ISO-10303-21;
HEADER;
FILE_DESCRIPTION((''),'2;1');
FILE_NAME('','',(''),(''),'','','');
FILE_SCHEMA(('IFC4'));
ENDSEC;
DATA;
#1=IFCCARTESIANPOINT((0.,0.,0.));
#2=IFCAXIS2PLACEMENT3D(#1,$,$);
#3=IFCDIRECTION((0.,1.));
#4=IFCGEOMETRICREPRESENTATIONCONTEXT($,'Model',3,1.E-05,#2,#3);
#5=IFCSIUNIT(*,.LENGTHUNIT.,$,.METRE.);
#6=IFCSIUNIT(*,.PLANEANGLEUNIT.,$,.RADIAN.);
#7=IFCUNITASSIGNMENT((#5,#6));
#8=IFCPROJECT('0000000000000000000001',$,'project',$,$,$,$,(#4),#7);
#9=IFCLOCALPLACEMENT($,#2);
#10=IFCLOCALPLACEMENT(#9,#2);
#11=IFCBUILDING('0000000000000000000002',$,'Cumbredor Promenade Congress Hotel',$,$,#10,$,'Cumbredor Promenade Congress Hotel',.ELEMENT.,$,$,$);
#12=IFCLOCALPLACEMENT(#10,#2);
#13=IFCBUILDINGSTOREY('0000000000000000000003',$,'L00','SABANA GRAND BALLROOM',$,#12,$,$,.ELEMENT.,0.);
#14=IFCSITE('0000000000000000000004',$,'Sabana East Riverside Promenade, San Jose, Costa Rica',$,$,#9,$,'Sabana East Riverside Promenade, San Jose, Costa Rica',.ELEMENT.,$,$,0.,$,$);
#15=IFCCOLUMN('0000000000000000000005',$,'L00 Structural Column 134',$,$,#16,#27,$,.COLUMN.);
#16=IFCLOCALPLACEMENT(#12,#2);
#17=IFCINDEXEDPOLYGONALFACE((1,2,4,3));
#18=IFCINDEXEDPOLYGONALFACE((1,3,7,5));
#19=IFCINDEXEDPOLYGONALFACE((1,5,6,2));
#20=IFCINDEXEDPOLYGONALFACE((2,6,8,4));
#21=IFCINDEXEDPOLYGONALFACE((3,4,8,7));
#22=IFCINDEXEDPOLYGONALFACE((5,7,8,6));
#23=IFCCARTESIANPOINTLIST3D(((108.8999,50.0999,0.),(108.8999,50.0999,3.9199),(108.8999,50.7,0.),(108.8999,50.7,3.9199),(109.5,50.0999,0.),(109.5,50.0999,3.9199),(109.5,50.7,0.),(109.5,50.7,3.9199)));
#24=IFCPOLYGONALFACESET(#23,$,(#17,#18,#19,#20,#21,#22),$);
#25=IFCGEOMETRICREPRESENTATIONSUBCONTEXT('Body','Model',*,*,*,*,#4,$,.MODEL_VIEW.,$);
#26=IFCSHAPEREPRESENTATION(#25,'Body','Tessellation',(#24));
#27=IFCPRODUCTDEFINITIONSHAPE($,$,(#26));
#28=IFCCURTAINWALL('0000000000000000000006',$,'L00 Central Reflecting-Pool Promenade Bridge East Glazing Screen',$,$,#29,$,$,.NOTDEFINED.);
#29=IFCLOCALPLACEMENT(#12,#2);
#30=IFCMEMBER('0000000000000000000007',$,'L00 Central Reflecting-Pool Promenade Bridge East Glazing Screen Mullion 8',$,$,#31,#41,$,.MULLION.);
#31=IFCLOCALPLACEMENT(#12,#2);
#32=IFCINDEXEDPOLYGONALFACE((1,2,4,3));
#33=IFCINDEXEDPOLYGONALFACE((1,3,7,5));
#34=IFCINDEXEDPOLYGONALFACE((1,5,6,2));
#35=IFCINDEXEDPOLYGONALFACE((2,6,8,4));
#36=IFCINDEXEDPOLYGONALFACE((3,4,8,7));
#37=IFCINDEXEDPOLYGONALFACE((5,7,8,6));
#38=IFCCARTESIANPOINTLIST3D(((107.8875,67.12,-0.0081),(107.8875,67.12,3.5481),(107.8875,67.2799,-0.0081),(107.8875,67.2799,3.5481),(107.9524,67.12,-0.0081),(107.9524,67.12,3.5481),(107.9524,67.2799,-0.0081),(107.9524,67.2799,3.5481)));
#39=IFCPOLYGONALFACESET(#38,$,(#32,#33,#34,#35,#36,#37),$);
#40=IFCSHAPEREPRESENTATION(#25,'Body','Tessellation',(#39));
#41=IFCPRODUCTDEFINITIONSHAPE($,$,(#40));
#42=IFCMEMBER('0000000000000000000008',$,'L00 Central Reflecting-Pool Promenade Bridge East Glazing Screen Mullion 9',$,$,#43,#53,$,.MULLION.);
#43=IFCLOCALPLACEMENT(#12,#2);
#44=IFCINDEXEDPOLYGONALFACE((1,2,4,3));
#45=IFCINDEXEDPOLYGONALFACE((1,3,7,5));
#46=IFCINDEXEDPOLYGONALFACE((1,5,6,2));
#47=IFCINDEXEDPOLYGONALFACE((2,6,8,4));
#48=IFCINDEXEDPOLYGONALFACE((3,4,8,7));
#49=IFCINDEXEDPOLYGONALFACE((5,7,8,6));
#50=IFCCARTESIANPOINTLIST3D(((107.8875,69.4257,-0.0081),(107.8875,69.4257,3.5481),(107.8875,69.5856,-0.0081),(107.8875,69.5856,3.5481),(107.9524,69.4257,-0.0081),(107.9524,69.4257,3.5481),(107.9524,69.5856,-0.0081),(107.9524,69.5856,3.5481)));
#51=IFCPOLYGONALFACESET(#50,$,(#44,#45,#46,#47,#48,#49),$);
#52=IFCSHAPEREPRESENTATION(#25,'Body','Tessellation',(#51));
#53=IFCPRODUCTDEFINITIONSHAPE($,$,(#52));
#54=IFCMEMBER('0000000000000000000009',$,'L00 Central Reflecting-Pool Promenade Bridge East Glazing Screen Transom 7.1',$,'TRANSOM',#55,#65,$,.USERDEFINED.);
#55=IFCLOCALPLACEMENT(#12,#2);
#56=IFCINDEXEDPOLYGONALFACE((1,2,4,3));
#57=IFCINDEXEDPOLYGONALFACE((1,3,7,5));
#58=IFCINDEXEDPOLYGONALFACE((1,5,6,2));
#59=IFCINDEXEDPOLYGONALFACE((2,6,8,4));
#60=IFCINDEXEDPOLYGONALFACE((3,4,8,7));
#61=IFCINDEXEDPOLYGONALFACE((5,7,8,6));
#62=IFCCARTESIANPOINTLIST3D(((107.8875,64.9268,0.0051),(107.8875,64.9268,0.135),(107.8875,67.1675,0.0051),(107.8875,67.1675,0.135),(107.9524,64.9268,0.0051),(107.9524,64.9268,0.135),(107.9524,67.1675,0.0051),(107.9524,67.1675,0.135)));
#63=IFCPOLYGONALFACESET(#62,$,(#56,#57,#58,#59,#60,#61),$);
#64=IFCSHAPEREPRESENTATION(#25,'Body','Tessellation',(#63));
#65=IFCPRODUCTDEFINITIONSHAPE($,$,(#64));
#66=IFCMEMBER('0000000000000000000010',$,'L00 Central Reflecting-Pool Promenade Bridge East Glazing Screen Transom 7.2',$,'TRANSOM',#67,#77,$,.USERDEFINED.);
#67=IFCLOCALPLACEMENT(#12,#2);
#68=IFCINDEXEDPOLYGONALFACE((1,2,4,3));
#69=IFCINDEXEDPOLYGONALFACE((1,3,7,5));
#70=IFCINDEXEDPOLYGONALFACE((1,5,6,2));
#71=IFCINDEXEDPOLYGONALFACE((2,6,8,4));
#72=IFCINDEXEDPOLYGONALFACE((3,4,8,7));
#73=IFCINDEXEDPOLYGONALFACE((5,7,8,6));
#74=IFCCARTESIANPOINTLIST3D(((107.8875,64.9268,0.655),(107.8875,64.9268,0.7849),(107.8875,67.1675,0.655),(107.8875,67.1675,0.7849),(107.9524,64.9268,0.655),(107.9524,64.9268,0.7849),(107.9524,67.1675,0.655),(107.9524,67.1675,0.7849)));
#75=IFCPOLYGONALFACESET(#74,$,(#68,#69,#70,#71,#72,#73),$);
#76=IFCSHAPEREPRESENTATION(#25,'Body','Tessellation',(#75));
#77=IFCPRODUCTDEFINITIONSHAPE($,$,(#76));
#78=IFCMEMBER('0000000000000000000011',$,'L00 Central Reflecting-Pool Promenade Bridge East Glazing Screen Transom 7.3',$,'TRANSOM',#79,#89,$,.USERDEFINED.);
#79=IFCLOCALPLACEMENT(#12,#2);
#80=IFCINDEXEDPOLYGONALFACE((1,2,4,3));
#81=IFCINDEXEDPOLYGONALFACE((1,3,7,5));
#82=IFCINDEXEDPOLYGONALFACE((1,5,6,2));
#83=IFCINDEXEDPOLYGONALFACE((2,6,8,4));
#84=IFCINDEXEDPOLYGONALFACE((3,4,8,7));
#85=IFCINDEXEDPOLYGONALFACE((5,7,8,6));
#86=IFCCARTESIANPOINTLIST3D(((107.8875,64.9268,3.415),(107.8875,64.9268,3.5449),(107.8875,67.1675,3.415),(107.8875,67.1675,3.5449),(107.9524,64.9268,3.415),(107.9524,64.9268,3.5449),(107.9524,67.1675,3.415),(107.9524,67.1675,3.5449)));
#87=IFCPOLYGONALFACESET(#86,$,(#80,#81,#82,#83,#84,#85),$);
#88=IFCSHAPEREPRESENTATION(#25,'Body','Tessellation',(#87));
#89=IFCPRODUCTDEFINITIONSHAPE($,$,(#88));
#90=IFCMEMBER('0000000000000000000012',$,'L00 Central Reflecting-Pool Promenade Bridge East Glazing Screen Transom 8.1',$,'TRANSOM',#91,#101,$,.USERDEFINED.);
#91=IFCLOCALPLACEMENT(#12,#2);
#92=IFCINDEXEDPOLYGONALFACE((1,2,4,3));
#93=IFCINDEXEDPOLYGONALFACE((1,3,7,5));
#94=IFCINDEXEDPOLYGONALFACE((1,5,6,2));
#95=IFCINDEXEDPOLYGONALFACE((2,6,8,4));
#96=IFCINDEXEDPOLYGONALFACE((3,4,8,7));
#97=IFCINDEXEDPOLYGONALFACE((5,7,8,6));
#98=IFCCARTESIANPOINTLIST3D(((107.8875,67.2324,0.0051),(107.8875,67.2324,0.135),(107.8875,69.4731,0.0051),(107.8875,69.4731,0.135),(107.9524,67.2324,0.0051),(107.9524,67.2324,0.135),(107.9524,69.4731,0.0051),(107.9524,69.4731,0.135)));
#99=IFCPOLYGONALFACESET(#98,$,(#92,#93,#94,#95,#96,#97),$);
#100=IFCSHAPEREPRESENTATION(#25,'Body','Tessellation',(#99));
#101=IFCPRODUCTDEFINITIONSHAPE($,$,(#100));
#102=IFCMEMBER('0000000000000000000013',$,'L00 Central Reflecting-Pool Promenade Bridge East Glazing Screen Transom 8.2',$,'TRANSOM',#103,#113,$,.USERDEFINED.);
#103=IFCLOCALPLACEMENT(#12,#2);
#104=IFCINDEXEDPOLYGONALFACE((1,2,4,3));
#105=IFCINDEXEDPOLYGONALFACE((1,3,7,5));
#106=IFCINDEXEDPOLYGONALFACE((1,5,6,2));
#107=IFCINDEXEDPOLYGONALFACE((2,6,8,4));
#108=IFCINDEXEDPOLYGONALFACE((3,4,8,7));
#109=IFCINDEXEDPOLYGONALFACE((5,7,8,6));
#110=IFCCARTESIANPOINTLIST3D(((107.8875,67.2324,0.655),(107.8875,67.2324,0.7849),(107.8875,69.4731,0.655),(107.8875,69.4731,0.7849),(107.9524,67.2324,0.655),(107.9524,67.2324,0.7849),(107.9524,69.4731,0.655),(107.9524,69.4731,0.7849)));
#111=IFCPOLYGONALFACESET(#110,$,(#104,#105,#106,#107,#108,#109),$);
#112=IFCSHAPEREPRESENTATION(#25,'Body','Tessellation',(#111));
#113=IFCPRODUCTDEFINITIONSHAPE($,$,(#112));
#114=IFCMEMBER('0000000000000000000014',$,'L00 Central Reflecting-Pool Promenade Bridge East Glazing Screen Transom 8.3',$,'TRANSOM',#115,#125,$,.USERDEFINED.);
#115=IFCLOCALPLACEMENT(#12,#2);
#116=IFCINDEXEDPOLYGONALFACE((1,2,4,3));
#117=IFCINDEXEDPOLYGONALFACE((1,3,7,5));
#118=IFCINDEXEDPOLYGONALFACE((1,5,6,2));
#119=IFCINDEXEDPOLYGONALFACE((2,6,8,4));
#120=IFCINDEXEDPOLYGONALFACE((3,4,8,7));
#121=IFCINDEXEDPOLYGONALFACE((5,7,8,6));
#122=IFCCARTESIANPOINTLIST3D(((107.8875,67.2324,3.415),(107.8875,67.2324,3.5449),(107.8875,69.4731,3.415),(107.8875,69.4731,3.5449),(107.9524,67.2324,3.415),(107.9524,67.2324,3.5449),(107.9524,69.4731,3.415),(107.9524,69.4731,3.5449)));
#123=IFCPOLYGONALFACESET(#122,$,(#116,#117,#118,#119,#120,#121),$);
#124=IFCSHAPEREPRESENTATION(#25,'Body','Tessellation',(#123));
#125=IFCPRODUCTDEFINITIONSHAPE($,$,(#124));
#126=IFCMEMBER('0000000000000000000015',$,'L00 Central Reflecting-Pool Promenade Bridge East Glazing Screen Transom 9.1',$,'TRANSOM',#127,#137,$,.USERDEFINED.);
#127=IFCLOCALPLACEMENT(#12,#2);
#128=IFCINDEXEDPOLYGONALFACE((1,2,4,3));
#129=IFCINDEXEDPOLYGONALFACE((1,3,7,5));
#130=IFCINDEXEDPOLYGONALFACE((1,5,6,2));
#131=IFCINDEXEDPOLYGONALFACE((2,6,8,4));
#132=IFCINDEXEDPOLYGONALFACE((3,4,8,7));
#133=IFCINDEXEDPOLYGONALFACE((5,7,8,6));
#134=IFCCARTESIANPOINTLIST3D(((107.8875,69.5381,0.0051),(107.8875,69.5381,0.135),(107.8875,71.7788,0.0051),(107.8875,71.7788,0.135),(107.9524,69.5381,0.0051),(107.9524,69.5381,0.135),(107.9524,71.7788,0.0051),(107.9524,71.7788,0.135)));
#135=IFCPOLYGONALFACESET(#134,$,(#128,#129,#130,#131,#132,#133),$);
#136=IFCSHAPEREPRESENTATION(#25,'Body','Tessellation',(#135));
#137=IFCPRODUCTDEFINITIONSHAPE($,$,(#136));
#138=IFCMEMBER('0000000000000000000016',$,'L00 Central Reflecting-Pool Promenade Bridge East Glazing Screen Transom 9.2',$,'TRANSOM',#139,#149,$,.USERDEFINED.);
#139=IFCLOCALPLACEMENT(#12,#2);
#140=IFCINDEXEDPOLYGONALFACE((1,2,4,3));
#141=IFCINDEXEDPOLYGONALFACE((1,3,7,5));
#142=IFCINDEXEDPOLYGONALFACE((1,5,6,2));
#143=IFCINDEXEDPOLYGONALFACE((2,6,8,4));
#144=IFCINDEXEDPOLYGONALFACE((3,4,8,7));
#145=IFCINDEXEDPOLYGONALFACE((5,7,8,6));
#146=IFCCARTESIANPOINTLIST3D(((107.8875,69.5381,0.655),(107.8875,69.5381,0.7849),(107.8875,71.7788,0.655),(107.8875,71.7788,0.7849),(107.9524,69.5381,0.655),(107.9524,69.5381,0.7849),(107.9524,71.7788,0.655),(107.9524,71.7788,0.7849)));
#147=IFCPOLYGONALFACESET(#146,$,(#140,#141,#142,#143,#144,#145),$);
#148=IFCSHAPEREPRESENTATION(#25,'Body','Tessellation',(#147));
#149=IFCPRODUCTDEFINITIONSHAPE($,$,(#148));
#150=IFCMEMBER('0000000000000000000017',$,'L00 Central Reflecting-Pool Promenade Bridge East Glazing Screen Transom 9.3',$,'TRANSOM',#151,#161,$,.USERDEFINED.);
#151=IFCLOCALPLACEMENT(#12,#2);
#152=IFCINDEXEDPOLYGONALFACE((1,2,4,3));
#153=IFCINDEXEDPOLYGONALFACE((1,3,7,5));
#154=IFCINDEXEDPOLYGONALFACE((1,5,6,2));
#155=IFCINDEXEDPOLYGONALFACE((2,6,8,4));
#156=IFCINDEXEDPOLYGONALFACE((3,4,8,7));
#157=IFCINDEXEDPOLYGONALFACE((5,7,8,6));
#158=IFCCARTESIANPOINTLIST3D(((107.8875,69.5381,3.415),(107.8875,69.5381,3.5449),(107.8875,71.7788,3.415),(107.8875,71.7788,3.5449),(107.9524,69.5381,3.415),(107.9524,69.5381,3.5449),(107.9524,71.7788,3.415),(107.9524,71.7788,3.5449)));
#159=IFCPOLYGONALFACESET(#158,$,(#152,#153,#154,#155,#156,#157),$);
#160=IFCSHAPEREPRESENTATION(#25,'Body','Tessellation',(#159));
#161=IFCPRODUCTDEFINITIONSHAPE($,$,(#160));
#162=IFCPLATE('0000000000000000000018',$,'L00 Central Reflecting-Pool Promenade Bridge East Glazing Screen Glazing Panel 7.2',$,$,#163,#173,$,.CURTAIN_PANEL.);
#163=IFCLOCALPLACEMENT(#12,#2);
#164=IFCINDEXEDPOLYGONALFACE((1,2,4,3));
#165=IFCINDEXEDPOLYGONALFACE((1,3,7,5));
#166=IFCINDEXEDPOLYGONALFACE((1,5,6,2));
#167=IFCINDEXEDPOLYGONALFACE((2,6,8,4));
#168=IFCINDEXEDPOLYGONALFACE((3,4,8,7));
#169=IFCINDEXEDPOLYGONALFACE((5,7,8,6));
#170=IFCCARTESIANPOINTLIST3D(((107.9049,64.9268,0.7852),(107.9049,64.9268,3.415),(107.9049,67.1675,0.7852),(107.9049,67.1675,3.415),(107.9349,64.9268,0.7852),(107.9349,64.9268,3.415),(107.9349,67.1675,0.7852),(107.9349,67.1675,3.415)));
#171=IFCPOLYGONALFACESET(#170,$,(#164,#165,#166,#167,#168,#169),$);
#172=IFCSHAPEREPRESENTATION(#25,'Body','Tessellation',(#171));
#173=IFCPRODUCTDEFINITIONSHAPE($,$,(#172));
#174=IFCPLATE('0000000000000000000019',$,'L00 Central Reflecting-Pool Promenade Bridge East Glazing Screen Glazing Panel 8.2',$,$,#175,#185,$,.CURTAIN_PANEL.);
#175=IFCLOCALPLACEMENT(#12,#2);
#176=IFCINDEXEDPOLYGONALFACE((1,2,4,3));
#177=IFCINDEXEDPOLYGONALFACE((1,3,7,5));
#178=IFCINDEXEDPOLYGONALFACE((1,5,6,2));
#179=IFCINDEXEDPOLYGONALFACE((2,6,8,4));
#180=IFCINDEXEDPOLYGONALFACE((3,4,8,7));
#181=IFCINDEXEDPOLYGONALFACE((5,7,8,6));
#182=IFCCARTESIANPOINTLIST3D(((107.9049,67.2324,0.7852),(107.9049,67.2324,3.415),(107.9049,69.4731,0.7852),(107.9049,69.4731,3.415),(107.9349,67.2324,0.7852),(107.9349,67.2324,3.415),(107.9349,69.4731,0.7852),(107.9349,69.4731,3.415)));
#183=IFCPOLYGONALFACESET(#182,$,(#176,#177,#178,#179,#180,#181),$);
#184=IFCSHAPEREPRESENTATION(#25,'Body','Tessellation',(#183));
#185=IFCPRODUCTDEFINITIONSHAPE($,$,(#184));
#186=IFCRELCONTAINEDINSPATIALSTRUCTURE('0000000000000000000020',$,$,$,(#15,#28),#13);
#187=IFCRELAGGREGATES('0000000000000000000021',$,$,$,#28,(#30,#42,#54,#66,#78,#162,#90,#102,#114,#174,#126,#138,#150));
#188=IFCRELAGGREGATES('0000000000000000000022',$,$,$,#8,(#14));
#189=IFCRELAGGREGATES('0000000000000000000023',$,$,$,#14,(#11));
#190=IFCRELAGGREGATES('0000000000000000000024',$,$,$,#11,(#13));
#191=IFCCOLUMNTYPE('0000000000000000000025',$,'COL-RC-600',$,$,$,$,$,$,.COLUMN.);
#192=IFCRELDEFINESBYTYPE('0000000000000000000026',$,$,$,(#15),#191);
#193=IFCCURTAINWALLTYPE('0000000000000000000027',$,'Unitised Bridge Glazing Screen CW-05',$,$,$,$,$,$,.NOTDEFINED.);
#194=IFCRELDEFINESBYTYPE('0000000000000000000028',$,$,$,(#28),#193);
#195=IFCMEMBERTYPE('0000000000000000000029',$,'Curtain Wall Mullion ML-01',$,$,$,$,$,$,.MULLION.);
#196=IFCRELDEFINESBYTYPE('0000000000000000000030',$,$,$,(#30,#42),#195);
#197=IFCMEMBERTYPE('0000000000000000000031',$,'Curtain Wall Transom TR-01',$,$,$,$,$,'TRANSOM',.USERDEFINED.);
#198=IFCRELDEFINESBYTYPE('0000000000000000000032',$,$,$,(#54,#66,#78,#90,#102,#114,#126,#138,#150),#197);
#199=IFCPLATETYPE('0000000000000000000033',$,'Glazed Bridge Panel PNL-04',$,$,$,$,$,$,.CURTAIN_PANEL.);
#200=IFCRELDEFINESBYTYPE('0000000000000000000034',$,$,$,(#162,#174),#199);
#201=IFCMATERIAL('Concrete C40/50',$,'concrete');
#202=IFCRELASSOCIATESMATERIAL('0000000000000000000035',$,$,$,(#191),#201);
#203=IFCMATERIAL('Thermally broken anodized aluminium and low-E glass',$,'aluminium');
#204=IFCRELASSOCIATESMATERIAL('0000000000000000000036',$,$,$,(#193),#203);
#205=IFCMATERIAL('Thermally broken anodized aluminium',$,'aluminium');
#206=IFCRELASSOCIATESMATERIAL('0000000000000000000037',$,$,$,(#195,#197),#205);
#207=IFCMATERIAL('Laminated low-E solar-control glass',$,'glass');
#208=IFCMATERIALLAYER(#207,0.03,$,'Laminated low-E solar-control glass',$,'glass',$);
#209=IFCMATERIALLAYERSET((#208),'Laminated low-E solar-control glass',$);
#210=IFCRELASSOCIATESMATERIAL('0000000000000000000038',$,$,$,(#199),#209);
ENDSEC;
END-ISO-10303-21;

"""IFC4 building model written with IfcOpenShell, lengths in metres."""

from ifc_helpers import new_model, si_unit, direction, frame, origin, origin_2d, place, context, subcontext, project, spatial, rectangle, extrude, material, layer, layer_set, material_profile, profile_set, type_object, element, aggregate, save


model = new_model("IFC4")

# Units and contexts
model_context = context("Model", 3, precision=1e-05, world=origin(), true_north=direction((0.0, 1.0)))
body_context = subcontext(model_context, "Body", "Model", "MODEL_VIEW")
ifc_project = project(units=[si_unit("LENGTHUNIT", "METRE"), si_unit("PLANEANGLEUNIT", "RADIAN")], contexts=[model_context])

# Site, building, storey
site_placement = place(None, origin())
site = spatial("IfcSite", under=ifc_project, at=site_placement, Name="Sabana East Riverside Promenade, San Jose, Costa Rica", LongName="Sabana East Riverside Promenade, San Jose, Costa Rica", CompositionType="ELEMENT", RefElevation=0.0)
building_placement = place(site_placement, origin())
building = spatial("IfcBuilding", under=site, at=building_placement, Name="Cumbredor Promenade Congress Hotel", LongName="Cumbredor Promenade Congress Hotel", CompositionType="ELEMENT")
storey_placement = place(building_placement, origin())
storey = spatial("IfcBuildingStorey", under=building, at=storey_placement, Name="L00", Description="SABANA GRAND BALLROOM", CompositionType="ELEMENT", Elevation=0.0)

# Column
ifc_material_1 = material(Name="Concrete C40/50", Category="concrete")
ifc_material_profile_1 = material_profile(ifc_material_1, rectangle(XDim=0.6001, YDim=0.6001, at=origin_2d()), Name="RC 600x600")
ifc_profile_set_1 = profile_set([ifc_material_profile_1], Name="Concrete C40/50")
column_type = type_object("IfcColumnType", Name="COL-RC-600", PredefinedType="COLUMN", material=ifc_profile_set_1)
column_placement = place(storey_placement, frame((109.2, 50.3999, 0.0), z_axis=(0.0, 0.0, 1.0), x_axis=(1.0, 0.0, 0.0)))
element("IfcColumn", 1, at=column_placement, inside=storey, type_object=column_type, Name="L00 Structural Column 134", PredefinedType="COLUMN", context=body_context, shape_type="SweptSolid", body=[
    extrude(rectangle(XDim=0.6001, YDim=0.6001, at=origin_2d()), origin(), (0.0, 0.0, 1.0), 3.9199),
])

# Curtain wall, members, plates
ifc_material_2 = material(Name="Thermally broken anodized aluminium and low-E glass", Category="aluminium")
curtain_wall_type = type_object("IfcCurtainWallType", Name="Unitised Bridge Glazing Screen CW-05", PredefinedType="NOTDEFINED", material=ifc_material_2)
curtain_wall_placement = place(storey_placement, origin())
curtain_wall = element("IfcCurtainWall", 2, at=curtain_wall_placement, inside=storey, type_object=curtain_wall_type, Name="L00 Central Reflecting-Pool Promenade Bridge East Glazing Screen", PredefinedType="NOTDEFINED")
ifc_material_3 = material(Name="Thermally broken anodized aluminium", Category="aluminium")
ifc_material_profile_2 = material_profile(ifc_material_3, rectangle(XDim=0.0649, YDim=0.1599, at=origin_2d()), Name="ALU MULLION 65x160")
ifc_profile_set_2 = profile_set([ifc_material_profile_2], Name="Thermally broken anodized aluminium")
member_type_1 = type_object("IfcMemberType", Name="Curtain Wall Mullion ML-01", PredefinedType="MULLION", material=ifc_profile_set_2)
member_1_placement = place(storey_placement, frame((107.9199, 67.2, -0.0081), z_axis=(0.0, 0.0, 1.0), x_axis=(1.0, 0.0, 0.0)))
member_1 = element("IfcMember", 3, at=member_1_placement, type_object=member_type_1, Name="L00 Central Reflecting-Pool Promenade Bridge East Glazing Screen Mullion 8", PredefinedType="MULLION", context=body_context, shape_type="SweptSolid", body=[
    extrude(rectangle(XDim=0.0649, YDim=0.1599, at=origin_2d()), origin(), (0.0, 0.0, 1.0), 3.5562),
])
member_2_placement = place(storey_placement, frame((107.9199, 69.5056, -0.0081), z_axis=(0.0, 0.0, 1.0), x_axis=(1.0, 0.0, 0.0)))
member_2 = element("IfcMember", 4, at=member_2_placement, type_object=member_type_1, Name="L00 Central Reflecting-Pool Promenade Bridge East Glazing Screen Mullion 9", PredefinedType="MULLION", context=body_context, shape_type="SweptSolid", body=[
    extrude(rectangle(XDim=0.0649, YDim=0.1599, at=origin_2d()), origin(), (0.0, 0.0, 1.0), 3.5562),
])
ifc_material_profile_3 = material_profile(ifc_material_3, rectangle(XDim=0.0649, YDim=0.1299, at=origin_2d()), Name="ALU TRANSOM 65x130")
ifc_profile_set_3 = profile_set([ifc_material_profile_3], Name="Thermally broken anodized aluminium")
member_type_2 = type_object("IfcMemberType", Name="Curtain Wall Transom TR-01", ElementType="TRANSOM", PredefinedType="USERDEFINED", material=ifc_profile_set_3)
member_3_placement = place(storey_placement, frame((107.9199, 64.9268, 0.0701), z_axis=(0.0, 1.0, 0.0), x_axis=(-1.0, 0.0, 0.0)))
member_3 = element("IfcMember", 5, at=member_3_placement, type_object=member_type_2, Name="L00 Central Reflecting-Pool Promenade Bridge East Glazing Screen Transom 7.1", ObjectType="TRANSOM", PredefinedType="USERDEFINED", context=body_context, shape_type="SweptSolid", body=[
    extrude(rectangle(XDim=0.0649, YDim=0.1299, at=origin_2d()), origin(), (0.0, 0.0, 1.0), 2.2407),
])
member_4_placement = place(storey_placement, frame((107.9199, 64.9268, 0.72), z_axis=(0.0, 1.0, 0.0), x_axis=(-1.0, 0.0, 0.0)))
member_4 = element("IfcMember", 6, at=member_4_placement, type_object=member_type_2, Name="L00 Central Reflecting-Pool Promenade Bridge East Glazing Screen Transom 7.2", ObjectType="TRANSOM", PredefinedType="USERDEFINED", context=body_context, shape_type="SweptSolid", body=[
    extrude(rectangle(XDim=0.0649, YDim=0.1299, at=origin_2d()), origin(), (0.0, 0.0, 1.0), 2.2407),
])
member_5_placement = place(storey_placement, frame((107.9199, 64.9268, 3.48), z_axis=(0.0, 1.0, 0.0), x_axis=(-1.0, 0.0, 0.0)))
member_5 = element("IfcMember", 7, at=member_5_placement, type_object=member_type_2, Name="L00 Central Reflecting-Pool Promenade Bridge East Glazing Screen Transom 7.3", ObjectType="TRANSOM", PredefinedType="USERDEFINED", context=body_context, shape_type="SweptSolid", body=[
    extrude(rectangle(XDim=0.0649, YDim=0.1299, at=origin_2d()), origin(), (0.0, 0.0, 1.0), 2.2407),
])
member_6_placement = place(storey_placement, frame((107.9199, 67.2324, 0.0701), z_axis=(0.0, 1.0, 0.0), x_axis=(-1.0, 0.0, 0.0)))
member_6 = element("IfcMember", 8, at=member_6_placement, type_object=member_type_2, Name="L00 Central Reflecting-Pool Promenade Bridge East Glazing Screen Transom 8.1", ObjectType="TRANSOM", PredefinedType="USERDEFINED", context=body_context, shape_type="SweptSolid", body=[
    extrude(rectangle(XDim=0.0649, YDim=0.1299, at=origin_2d()), origin(), (0.0, 0.0, 1.0), 2.2407),
])
member_7_placement = place(storey_placement, frame((107.9199, 67.2324, 0.72), z_axis=(0.0, 1.0, 0.0), x_axis=(-1.0, 0.0, 0.0)))
member_7 = element("IfcMember", 9, at=member_7_placement, type_object=member_type_2, Name="L00 Central Reflecting-Pool Promenade Bridge East Glazing Screen Transom 8.2", ObjectType="TRANSOM", PredefinedType="USERDEFINED", context=body_context, shape_type="SweptSolid", body=[
    extrude(rectangle(XDim=0.0649, YDim=0.1299, at=origin_2d()), origin(), (0.0, 0.0, 1.0), 2.2407),
])
member_8_placement = place(storey_placement, frame((107.9199, 67.2324, 3.48), z_axis=(0.0, 1.0, 0.0), x_axis=(-1.0, 0.0, 0.0)))
member_8 = element("IfcMember", 10, at=member_8_placement, type_object=member_type_2, Name="L00 Central Reflecting-Pool Promenade Bridge East Glazing Screen Transom 8.3", ObjectType="TRANSOM", PredefinedType="USERDEFINED", context=body_context, shape_type="SweptSolid", body=[
    extrude(rectangle(XDim=0.0649, YDim=0.1299, at=origin_2d()), origin(), (0.0, 0.0, 1.0), 2.2407),
])
member_9_placement = place(storey_placement, frame((107.9199, 69.5381, 0.0701), z_axis=(0.0, 1.0, 0.0), x_axis=(-1.0, 0.0, 0.0)))
member_9 = element("IfcMember", 11, at=member_9_placement, type_object=member_type_2, Name="L00 Central Reflecting-Pool Promenade Bridge East Glazing Screen Transom 9.1", ObjectType="TRANSOM", PredefinedType="USERDEFINED", context=body_context, shape_type="SweptSolid", body=[
    extrude(rectangle(XDim=0.0649, YDim=0.1299, at=origin_2d()), origin(), (0.0, 0.0, 1.0), 2.2407),
])
member_10_placement = place(storey_placement, frame((107.9199, 69.5381, 0.72), z_axis=(0.0, 1.0, 0.0), x_axis=(-1.0, 0.0, 0.0)))
member_10 = element("IfcMember", 12, at=member_10_placement, type_object=member_type_2, Name="L00 Central Reflecting-Pool Promenade Bridge East Glazing Screen Transom 9.2", ObjectType="TRANSOM", PredefinedType="USERDEFINED", context=body_context, shape_type="SweptSolid", body=[
    extrude(rectangle(XDim=0.0649, YDim=0.1299, at=origin_2d()), origin(), (0.0, 0.0, 1.0), 2.2407),
])
member_11_placement = place(storey_placement, frame((107.9199, 69.5381, 3.48), z_axis=(0.0, 1.0, 0.0), x_axis=(-1.0, 0.0, 0.0)))
member_11 = element("IfcMember", 13, at=member_11_placement, type_object=member_type_2, Name="L00 Central Reflecting-Pool Promenade Bridge East Glazing Screen Transom 9.3", ObjectType="TRANSOM", PredefinedType="USERDEFINED", context=body_context, shape_type="SweptSolid", body=[
    extrude(rectangle(XDim=0.0649, YDim=0.1299, at=origin_2d()), origin(), (0.0, 0.0, 1.0), 2.2407),
])
ifc_material_4 = material(Name="Laminated low-E solar-control glass", Category="glass")
ifc_layer_1 = layer(ifc_material_4, 0.03, Name="Laminated low-E solar-control glass", Category="glass")
ifc_layer_set_1 = layer_set([ifc_layer_1], Name="Laminated low-E solar-control glass")
plate_type_1 = type_object("IfcPlateType", Name="Glazed Bridge Panel PNL-04", PredefinedType="CURTAIN_PANEL", material=ifc_layer_set_1)
plate_1_placement = place(storey_placement, frame((107.9199, 66.0471, 0.7852), z_axis=(0.0, 0.0, 1.0), x_axis=(0.0, 1.0, 0.0)))
plate_1 = element("IfcPlate", 14, at=plate_1_placement, type_object=plate_type_1, Name="L00 Central Reflecting-Pool Promenade Bridge East Glazing Screen Glazing Panel 7.2", PredefinedType="CURTAIN_PANEL", context=body_context, shape_type="SweptSolid", body=[
    extrude(rectangle(XDim=2.2407, YDim=0.03, at=origin_2d()), origin(), (0.0, 0.0, 1.0), 2.6299),
])
plate_2_placement = place(storey_placement, frame((107.9199, 68.3528, 0.7852), z_axis=(0.0, 0.0, 1.0), x_axis=(0.0, 1.0, 0.0)))
plate_2 = element("IfcPlate", 15, at=plate_2_placement, type_object=plate_type_1, Name="L00 Central Reflecting-Pool Promenade Bridge East Glazing Screen Glazing Panel 8.2", PredefinedType="CURTAIN_PANEL", context=body_context, shape_type="SweptSolid", body=[
    extrude(rectangle(XDim=2.2407, YDim=0.03, at=origin_2d()), origin(), (0.0, 0.0, 1.0), 2.6299),
])
aggregate(curtain_wall, [member_1, member_2, member_3, member_4, member_5, plate_1, member_6, member_7, member_8, plate_2, member_9, member_10, member_11])

save(model, "model.ifc")
